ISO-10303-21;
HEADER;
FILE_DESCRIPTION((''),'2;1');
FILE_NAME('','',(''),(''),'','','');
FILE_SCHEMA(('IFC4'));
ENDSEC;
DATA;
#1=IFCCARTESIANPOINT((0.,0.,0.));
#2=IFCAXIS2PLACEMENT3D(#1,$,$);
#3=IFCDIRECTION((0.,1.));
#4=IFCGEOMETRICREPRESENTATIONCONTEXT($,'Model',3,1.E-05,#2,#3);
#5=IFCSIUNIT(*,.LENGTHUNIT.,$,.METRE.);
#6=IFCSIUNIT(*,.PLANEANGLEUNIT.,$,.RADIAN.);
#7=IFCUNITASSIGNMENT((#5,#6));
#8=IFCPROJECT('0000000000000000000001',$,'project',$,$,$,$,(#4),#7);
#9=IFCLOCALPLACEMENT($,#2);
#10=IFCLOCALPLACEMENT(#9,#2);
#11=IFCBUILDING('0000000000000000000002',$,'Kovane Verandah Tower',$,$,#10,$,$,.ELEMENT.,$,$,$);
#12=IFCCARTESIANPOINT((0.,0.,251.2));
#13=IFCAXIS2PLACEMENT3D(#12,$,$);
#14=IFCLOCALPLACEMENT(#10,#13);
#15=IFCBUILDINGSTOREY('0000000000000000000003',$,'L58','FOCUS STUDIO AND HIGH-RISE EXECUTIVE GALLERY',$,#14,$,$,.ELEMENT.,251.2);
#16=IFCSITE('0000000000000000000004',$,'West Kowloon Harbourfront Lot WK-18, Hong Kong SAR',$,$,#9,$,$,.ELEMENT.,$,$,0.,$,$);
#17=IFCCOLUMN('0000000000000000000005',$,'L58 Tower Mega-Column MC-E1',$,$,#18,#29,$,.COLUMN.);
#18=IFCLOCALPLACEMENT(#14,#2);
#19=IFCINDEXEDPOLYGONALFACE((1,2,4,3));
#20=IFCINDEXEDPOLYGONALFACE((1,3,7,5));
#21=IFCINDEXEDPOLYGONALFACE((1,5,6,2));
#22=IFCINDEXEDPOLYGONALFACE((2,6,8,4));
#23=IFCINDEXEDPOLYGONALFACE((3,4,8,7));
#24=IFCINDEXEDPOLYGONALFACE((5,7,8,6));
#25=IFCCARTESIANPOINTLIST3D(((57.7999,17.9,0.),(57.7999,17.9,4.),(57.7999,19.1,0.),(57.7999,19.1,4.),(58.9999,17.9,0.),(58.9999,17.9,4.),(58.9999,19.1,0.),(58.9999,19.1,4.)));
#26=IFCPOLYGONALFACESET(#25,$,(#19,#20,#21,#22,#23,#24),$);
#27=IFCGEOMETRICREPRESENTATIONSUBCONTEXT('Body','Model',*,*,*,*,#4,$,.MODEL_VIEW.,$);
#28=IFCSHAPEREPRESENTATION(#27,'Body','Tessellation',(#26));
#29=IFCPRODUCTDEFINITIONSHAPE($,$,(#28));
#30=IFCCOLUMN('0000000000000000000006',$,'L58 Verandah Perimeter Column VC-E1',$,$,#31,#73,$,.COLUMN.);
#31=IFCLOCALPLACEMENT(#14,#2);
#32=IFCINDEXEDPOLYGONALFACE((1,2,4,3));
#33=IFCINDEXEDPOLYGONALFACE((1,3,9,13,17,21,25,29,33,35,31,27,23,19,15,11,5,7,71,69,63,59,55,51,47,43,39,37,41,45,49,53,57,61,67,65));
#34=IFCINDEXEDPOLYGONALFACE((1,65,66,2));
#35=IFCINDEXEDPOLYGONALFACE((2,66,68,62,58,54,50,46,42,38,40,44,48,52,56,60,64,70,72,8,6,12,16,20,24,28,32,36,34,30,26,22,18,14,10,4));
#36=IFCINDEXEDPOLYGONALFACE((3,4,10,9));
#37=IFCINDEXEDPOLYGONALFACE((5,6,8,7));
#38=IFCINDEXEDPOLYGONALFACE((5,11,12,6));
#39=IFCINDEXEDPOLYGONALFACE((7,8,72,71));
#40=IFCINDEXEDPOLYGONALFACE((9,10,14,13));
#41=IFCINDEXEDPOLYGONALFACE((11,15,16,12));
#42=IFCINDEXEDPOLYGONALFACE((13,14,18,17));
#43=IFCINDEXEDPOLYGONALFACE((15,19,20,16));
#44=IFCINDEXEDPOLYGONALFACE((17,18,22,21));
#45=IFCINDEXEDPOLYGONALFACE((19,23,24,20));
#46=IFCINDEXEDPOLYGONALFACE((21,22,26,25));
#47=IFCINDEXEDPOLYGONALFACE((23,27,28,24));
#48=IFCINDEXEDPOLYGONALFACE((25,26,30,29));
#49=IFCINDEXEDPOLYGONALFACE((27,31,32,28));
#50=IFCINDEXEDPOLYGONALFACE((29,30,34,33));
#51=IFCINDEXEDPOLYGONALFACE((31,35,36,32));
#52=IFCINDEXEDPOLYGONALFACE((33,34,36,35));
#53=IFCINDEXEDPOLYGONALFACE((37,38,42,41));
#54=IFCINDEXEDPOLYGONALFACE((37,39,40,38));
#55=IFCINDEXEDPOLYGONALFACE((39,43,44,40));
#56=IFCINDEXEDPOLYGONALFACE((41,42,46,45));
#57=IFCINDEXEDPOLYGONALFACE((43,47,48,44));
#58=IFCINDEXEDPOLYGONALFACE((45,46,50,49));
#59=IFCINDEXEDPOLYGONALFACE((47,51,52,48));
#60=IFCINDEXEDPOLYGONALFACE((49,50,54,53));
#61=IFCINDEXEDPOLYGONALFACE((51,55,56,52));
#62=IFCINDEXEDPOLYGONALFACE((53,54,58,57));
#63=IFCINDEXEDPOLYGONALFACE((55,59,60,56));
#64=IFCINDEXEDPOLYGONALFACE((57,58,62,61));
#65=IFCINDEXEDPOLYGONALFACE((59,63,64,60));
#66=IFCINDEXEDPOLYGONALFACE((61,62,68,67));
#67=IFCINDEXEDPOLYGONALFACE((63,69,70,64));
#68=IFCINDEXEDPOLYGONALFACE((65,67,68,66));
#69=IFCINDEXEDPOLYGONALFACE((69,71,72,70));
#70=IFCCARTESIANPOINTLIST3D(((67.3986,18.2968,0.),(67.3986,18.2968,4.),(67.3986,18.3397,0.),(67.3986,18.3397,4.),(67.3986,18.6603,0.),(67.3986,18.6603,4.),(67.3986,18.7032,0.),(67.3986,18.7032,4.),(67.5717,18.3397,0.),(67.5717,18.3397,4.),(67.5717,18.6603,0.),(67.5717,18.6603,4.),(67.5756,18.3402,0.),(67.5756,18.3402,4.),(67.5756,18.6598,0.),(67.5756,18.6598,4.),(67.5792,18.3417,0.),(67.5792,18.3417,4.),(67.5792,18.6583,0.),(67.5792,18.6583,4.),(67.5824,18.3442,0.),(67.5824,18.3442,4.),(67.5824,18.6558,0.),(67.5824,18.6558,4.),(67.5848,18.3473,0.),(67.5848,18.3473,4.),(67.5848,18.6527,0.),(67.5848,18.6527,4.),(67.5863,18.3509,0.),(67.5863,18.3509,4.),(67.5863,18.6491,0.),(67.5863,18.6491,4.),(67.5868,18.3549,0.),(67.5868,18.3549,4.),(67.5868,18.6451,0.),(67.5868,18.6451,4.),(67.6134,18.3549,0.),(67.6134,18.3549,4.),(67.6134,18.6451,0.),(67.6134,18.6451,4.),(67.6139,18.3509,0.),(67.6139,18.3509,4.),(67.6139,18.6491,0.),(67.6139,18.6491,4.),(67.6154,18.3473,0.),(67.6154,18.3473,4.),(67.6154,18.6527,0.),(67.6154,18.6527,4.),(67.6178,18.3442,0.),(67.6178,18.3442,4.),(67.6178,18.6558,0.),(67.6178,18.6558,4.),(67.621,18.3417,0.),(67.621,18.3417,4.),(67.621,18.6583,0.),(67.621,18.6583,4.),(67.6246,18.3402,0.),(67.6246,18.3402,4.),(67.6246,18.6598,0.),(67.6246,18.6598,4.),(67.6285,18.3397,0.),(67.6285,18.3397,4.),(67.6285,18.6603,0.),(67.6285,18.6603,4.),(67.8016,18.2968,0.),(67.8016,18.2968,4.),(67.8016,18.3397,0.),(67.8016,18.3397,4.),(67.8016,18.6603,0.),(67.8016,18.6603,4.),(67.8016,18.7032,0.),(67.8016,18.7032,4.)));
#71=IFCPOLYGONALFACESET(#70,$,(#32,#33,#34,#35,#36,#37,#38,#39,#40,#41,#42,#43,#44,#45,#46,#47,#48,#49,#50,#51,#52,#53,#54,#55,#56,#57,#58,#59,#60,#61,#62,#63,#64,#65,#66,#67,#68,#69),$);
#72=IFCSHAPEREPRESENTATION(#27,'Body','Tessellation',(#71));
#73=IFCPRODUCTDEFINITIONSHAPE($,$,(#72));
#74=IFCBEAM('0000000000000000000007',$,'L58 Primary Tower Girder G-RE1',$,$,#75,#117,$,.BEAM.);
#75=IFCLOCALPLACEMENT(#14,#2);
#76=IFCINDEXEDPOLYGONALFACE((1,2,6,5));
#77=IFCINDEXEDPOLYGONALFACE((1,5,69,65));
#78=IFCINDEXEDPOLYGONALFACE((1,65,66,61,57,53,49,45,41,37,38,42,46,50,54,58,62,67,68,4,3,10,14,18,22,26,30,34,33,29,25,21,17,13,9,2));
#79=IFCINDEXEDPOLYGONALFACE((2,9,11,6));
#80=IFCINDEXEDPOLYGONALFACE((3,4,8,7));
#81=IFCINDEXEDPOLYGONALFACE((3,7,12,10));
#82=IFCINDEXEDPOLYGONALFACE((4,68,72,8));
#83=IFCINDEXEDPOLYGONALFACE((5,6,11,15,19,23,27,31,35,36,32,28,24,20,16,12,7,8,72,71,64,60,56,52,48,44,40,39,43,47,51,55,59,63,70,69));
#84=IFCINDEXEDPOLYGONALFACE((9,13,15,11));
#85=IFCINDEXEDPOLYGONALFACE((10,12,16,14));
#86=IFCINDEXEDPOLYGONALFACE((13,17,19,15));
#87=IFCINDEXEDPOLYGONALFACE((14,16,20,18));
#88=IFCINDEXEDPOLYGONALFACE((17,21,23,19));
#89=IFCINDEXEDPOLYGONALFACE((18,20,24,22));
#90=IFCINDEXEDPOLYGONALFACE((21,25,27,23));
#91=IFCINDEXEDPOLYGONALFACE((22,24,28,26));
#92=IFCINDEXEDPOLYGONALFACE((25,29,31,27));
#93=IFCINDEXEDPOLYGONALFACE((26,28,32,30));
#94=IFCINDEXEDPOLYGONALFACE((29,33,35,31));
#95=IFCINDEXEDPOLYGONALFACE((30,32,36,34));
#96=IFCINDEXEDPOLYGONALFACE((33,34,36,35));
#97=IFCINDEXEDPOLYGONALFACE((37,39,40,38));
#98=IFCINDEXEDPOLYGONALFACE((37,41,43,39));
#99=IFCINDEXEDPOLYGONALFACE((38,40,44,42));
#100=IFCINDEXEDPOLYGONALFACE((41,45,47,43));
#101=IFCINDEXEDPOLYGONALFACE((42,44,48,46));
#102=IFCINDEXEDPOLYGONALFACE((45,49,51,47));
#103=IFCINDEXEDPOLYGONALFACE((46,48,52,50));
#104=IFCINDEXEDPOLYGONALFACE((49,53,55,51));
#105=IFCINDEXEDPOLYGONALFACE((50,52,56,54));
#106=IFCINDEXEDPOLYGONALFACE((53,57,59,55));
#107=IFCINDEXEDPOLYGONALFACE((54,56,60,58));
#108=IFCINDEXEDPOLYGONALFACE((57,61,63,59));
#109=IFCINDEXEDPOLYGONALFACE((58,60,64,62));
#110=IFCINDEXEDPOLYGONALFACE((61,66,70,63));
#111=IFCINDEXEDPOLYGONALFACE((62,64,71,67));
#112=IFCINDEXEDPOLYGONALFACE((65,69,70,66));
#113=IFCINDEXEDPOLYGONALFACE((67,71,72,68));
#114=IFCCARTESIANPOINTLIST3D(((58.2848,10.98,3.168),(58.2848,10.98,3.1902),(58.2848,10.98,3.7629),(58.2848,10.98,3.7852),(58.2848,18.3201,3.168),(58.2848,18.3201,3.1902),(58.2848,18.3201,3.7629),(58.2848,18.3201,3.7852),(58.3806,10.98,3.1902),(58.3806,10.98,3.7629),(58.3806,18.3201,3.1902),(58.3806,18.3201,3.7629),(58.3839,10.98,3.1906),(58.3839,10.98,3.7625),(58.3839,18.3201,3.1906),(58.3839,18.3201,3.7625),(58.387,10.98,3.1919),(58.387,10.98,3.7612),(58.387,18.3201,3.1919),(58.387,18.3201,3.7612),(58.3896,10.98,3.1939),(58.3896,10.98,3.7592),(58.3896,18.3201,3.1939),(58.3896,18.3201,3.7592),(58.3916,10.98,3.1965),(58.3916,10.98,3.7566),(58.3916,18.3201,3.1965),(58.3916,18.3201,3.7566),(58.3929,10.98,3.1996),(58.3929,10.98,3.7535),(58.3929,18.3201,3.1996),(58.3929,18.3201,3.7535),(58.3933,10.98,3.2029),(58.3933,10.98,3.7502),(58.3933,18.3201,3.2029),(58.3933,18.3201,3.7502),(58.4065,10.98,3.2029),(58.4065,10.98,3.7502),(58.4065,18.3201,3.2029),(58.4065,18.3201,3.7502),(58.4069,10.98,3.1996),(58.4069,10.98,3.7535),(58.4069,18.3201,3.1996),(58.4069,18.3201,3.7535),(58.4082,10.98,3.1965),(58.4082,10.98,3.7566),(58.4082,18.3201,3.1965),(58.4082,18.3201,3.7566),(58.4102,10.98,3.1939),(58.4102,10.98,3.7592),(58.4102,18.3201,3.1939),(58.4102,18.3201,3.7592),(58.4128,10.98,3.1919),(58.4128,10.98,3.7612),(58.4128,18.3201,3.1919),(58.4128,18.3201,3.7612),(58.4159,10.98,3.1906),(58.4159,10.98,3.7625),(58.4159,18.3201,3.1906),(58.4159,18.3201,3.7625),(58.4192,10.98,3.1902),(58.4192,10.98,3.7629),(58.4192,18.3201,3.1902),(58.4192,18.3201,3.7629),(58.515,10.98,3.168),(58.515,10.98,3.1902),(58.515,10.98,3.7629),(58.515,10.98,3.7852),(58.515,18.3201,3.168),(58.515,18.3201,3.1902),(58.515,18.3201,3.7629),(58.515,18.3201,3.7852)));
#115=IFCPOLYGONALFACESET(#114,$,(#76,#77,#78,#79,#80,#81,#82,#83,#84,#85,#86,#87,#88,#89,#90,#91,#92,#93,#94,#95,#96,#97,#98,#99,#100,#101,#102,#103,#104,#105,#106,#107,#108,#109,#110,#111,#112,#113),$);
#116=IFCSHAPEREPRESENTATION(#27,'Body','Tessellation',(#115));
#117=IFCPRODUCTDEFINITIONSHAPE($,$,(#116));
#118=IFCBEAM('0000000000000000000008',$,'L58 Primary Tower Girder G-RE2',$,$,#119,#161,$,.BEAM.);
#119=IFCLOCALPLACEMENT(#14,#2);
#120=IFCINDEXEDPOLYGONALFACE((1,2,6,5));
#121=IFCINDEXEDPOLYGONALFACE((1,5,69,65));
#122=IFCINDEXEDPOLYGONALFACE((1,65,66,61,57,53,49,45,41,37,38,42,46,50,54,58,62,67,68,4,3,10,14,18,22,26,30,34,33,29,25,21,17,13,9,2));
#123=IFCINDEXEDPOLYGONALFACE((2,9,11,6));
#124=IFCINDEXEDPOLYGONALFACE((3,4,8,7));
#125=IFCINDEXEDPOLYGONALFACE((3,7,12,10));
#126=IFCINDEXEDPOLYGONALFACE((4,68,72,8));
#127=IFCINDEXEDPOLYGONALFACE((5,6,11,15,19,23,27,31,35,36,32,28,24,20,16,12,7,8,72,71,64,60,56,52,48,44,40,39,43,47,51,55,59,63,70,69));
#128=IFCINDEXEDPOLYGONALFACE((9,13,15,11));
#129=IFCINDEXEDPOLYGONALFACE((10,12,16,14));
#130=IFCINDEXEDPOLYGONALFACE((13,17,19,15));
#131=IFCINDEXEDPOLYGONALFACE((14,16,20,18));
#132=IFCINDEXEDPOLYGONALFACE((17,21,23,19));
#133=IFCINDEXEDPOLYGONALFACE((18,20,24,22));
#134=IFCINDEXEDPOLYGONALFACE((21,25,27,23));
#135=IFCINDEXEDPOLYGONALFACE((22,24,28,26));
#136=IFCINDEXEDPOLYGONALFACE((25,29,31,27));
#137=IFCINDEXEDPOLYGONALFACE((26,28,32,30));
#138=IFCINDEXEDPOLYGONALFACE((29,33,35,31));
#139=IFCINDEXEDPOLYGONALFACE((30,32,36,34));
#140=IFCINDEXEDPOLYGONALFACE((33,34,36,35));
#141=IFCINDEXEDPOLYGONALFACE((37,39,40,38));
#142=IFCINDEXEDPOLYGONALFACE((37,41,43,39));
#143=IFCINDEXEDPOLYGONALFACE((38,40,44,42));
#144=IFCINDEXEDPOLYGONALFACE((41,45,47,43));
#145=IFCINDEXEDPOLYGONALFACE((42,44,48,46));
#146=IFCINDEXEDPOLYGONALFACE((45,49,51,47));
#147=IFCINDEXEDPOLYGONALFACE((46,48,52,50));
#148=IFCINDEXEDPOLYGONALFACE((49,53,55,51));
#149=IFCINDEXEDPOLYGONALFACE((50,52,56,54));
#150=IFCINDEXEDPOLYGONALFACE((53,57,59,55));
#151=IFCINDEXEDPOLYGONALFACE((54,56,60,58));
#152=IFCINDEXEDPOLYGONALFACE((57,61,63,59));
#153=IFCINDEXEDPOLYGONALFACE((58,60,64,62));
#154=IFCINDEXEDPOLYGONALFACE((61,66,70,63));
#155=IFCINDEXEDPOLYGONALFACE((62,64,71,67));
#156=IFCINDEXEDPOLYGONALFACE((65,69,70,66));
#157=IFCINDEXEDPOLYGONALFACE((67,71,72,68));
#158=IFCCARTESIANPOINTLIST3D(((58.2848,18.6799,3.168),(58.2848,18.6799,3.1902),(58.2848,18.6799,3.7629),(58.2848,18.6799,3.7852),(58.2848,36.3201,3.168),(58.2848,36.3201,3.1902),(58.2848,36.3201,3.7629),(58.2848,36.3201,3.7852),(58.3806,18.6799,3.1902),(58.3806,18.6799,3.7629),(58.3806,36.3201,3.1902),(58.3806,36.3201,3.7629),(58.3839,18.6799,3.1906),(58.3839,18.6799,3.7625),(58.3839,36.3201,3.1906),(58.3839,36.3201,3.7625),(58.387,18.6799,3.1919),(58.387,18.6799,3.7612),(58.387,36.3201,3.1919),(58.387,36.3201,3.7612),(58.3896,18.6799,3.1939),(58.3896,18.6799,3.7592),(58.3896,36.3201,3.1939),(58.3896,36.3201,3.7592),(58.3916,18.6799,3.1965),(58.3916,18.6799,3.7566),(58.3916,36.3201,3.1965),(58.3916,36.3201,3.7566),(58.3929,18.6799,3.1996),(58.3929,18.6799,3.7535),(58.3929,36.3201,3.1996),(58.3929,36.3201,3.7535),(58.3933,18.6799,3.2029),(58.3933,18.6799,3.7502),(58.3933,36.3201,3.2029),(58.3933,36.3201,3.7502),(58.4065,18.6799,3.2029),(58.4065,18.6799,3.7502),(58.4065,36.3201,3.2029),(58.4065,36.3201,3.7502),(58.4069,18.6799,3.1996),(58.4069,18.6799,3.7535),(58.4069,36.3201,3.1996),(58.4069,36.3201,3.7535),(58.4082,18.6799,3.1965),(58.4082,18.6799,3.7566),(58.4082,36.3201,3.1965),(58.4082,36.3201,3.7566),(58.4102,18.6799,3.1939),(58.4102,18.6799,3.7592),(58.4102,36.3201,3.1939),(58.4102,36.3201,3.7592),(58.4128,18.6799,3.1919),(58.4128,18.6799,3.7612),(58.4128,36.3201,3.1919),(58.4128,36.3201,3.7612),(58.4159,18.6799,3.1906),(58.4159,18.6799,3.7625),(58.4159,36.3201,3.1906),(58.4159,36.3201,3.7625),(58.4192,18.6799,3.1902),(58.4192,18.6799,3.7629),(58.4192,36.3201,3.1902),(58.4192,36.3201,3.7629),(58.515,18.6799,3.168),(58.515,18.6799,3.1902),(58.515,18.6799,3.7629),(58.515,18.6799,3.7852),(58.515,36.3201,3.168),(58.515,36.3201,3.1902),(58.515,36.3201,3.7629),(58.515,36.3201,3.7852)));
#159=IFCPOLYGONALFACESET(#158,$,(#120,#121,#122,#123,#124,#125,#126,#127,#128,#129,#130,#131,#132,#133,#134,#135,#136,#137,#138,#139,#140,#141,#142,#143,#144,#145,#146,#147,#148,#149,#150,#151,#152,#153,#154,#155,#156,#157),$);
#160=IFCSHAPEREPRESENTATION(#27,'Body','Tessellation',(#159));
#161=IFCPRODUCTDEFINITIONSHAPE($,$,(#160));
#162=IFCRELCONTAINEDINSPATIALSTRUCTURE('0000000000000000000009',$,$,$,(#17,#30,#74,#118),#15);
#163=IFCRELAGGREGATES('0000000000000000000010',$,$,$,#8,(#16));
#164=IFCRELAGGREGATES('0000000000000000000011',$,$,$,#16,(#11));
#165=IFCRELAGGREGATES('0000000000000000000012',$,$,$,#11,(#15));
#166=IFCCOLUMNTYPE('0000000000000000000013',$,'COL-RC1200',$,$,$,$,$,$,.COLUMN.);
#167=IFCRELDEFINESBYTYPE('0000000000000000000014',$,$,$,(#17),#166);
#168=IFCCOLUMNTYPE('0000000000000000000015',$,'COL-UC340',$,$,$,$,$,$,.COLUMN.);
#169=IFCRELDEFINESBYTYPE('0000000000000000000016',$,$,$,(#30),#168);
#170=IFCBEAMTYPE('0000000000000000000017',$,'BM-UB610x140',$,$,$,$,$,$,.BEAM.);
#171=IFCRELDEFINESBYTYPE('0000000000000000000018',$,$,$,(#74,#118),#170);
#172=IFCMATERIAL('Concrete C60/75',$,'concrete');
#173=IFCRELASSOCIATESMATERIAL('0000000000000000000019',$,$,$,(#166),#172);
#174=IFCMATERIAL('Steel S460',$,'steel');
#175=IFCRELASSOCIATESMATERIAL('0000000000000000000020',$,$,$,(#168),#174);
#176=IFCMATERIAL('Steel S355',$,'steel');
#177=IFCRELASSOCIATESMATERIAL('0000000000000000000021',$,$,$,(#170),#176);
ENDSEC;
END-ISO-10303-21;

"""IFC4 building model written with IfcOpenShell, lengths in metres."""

from ifc_helpers import new_model, si_unit, direction, frame, origin, origin_2d, place, context, subcontext, project, spatial, rectangle, i_section, extrude, material, material_profile, profile_set, type_object, element, save


model = new_model("IFC4")

# Units and contexts
model_context = context("Model", 3, precision=1e-05, world=origin(), true_north=direction((0.0, 1.0)))
body_context = subcontext(model_context, "Body", "Model", "MODEL_VIEW")
ifc_project = project(units=[si_unit("LENGTHUNIT", "METRE"), si_unit("PLANEANGLEUNIT", "RADIAN")], contexts=[model_context])

# Site, building, storey
site_placement = place(None, origin())
site = spatial("IfcSite", under=ifc_project, at=site_placement, Name="West Kowloon Harbourfront Lot WK-18, Hong Kong SAR", CompositionType="ELEMENT", RefElevation=0.0)
building_placement = place(site_placement, origin())
building = spatial("IfcBuilding", under=site, at=building_placement, Name="Kovane Verandah Tower", CompositionType="ELEMENT")
storey_placement = place(building_placement, frame((0.0, 0.0, 251.2)))
storey = spatial("IfcBuildingStorey", under=building, at=storey_placement, Name="L58", Description="FOCUS STUDIO AND HIGH-RISE EXECUTIVE GALLERY", CompositionType="ELEMENT", Elevation=251.2)

# Columns
ifc_material_1 = material(Name="Concrete C60/75", Category="concrete")
ifc_material_profile_1 = material_profile(ifc_material_1, rectangle(XDim=1.2, YDim=1.2, at=origin_2d()), Name="RC1200x1200")
ifc_profile_set_1 = profile_set([ifc_material_profile_1], Name="Concrete C60/75")
column_type_1 = type_object("IfcColumnType", Name="COL-RC1200", PredefinedType="COLUMN", material=ifc_profile_set_1)
column_1_placement = place(storey_placement, frame((58.3999, 18.5, 0.0), z_axis=(0.0, 0.0, 1.0), x_axis=(1.0, 0.0, 0.0)))
element("IfcColumn", 1, at=column_1_placement, inside=storey, type_object=column_type_1, Name="L58 Tower Mega-Column MC-E1", PredefinedType="COLUMN", context=body_context, shape_type="SweptSolid", body=[
    extrude(rectangle(XDim=1.2, YDim=1.2, at=origin_2d()), origin(), (0.0, 0.0, 1.0), 4.0),
])
ifc_material_2 = material(Name="Steel S460", Category="steel")
ifc_material_profile_2 = material_profile(ifc_material_2, i_section(OverallWidth=0.4031, OverallDepth=0.4065, WebThickness=0.0266, FlangeThickness=0.043, FilletRadius=0.0151, at=origin_2d()), Name="UC356x406x340")
ifc_profile_set_2 = profile_set([ifc_material_profile_2], Name="Steel S460")
column_type_2 = type_object("IfcColumnType", Name="COL-UC340", PredefinedType="COLUMN", material=ifc_profile_set_2)
column_2_placement = place(storey_placement, frame((67.6001, 18.5, 0.0), z_axis=(0.0, 0.0, 1.0), x_axis=(1.0, 0.0, 0.0)))
element("IfcColumn", 2, at=column_2_placement, inside=storey, type_object=column_type_2, Name="L58 Verandah Perimeter Column VC-E1", PredefinedType="COLUMN", context=body_context, shape_type="SweptSolid", body=[
    extrude(i_section(OverallWidth=0.4031, OverallDepth=0.4065, WebThickness=0.0266, FlangeThickness=0.043, FilletRadius=0.0151, at=origin_2d()), origin(), (0.0, 0.0, 1.0), 4.0),
])

# Beams
ifc_material_3 = material(Name="Steel S355", Category="steel")
ifc_material_profile_3 = material_profile(ifc_material_3, i_section(OverallWidth=0.2302, OverallDepth=0.6172, WebThickness=0.0132, FlangeThickness=0.0222, FilletRadius=0.0127, at=origin_2d()), Name="UB610x229x140")
ifc_profile_set_3 = profile_set([ifc_material_profile_3], Name="Steel S355")
beam_type_1 = type_object("IfcBeamType", Name="BM-UB610x140", PredefinedType="BEAM", material=ifc_profile_set_3)
beam_1_placement = place(storey_placement, frame((58.3999, 10.98, 3.4766), z_axis=(0.0, 1.0, 0.0), x_axis=(-1.0, 0.0, 0.0)))
element("IfcBeam", 3, at=beam_1_placement, inside=storey, type_object=beam_type_1, Name="L58 Primary Tower Girder G-RE1", PredefinedType="BEAM", context=body_context, shape_type="SweptSolid", body=[
    extrude(i_section(OverallWidth=0.2302, OverallDepth=0.6172, WebThickness=0.0132, FlangeThickness=0.0222, FilletRadius=0.0127, at=origin_2d()), origin(), (0.0, 0.0, 1.0), 7.3401),
])
beam_2_placement = place(storey_placement, frame((58.3999, 18.6799, 3.4766), z_axis=(0.0, 1.0, 0.0), x_axis=(-1.0, 0.0, 0.0)))
element("IfcBeam", 4, at=beam_2_placement, inside=storey, type_object=beam_type_1, Name="L58 Primary Tower Girder G-RE2", PredefinedType="BEAM", context=body_context, shape_type="SweptSolid", body=[
    extrude(i_section(OverallWidth=0.2302, OverallDepth=0.6172, WebThickness=0.0132, FlangeThickness=0.0222, FilletRadius=0.0127, at=origin_2d()), origin(), (0.0, 0.0, 1.0), 17.6401),
])

save(model, "model.ifc")
